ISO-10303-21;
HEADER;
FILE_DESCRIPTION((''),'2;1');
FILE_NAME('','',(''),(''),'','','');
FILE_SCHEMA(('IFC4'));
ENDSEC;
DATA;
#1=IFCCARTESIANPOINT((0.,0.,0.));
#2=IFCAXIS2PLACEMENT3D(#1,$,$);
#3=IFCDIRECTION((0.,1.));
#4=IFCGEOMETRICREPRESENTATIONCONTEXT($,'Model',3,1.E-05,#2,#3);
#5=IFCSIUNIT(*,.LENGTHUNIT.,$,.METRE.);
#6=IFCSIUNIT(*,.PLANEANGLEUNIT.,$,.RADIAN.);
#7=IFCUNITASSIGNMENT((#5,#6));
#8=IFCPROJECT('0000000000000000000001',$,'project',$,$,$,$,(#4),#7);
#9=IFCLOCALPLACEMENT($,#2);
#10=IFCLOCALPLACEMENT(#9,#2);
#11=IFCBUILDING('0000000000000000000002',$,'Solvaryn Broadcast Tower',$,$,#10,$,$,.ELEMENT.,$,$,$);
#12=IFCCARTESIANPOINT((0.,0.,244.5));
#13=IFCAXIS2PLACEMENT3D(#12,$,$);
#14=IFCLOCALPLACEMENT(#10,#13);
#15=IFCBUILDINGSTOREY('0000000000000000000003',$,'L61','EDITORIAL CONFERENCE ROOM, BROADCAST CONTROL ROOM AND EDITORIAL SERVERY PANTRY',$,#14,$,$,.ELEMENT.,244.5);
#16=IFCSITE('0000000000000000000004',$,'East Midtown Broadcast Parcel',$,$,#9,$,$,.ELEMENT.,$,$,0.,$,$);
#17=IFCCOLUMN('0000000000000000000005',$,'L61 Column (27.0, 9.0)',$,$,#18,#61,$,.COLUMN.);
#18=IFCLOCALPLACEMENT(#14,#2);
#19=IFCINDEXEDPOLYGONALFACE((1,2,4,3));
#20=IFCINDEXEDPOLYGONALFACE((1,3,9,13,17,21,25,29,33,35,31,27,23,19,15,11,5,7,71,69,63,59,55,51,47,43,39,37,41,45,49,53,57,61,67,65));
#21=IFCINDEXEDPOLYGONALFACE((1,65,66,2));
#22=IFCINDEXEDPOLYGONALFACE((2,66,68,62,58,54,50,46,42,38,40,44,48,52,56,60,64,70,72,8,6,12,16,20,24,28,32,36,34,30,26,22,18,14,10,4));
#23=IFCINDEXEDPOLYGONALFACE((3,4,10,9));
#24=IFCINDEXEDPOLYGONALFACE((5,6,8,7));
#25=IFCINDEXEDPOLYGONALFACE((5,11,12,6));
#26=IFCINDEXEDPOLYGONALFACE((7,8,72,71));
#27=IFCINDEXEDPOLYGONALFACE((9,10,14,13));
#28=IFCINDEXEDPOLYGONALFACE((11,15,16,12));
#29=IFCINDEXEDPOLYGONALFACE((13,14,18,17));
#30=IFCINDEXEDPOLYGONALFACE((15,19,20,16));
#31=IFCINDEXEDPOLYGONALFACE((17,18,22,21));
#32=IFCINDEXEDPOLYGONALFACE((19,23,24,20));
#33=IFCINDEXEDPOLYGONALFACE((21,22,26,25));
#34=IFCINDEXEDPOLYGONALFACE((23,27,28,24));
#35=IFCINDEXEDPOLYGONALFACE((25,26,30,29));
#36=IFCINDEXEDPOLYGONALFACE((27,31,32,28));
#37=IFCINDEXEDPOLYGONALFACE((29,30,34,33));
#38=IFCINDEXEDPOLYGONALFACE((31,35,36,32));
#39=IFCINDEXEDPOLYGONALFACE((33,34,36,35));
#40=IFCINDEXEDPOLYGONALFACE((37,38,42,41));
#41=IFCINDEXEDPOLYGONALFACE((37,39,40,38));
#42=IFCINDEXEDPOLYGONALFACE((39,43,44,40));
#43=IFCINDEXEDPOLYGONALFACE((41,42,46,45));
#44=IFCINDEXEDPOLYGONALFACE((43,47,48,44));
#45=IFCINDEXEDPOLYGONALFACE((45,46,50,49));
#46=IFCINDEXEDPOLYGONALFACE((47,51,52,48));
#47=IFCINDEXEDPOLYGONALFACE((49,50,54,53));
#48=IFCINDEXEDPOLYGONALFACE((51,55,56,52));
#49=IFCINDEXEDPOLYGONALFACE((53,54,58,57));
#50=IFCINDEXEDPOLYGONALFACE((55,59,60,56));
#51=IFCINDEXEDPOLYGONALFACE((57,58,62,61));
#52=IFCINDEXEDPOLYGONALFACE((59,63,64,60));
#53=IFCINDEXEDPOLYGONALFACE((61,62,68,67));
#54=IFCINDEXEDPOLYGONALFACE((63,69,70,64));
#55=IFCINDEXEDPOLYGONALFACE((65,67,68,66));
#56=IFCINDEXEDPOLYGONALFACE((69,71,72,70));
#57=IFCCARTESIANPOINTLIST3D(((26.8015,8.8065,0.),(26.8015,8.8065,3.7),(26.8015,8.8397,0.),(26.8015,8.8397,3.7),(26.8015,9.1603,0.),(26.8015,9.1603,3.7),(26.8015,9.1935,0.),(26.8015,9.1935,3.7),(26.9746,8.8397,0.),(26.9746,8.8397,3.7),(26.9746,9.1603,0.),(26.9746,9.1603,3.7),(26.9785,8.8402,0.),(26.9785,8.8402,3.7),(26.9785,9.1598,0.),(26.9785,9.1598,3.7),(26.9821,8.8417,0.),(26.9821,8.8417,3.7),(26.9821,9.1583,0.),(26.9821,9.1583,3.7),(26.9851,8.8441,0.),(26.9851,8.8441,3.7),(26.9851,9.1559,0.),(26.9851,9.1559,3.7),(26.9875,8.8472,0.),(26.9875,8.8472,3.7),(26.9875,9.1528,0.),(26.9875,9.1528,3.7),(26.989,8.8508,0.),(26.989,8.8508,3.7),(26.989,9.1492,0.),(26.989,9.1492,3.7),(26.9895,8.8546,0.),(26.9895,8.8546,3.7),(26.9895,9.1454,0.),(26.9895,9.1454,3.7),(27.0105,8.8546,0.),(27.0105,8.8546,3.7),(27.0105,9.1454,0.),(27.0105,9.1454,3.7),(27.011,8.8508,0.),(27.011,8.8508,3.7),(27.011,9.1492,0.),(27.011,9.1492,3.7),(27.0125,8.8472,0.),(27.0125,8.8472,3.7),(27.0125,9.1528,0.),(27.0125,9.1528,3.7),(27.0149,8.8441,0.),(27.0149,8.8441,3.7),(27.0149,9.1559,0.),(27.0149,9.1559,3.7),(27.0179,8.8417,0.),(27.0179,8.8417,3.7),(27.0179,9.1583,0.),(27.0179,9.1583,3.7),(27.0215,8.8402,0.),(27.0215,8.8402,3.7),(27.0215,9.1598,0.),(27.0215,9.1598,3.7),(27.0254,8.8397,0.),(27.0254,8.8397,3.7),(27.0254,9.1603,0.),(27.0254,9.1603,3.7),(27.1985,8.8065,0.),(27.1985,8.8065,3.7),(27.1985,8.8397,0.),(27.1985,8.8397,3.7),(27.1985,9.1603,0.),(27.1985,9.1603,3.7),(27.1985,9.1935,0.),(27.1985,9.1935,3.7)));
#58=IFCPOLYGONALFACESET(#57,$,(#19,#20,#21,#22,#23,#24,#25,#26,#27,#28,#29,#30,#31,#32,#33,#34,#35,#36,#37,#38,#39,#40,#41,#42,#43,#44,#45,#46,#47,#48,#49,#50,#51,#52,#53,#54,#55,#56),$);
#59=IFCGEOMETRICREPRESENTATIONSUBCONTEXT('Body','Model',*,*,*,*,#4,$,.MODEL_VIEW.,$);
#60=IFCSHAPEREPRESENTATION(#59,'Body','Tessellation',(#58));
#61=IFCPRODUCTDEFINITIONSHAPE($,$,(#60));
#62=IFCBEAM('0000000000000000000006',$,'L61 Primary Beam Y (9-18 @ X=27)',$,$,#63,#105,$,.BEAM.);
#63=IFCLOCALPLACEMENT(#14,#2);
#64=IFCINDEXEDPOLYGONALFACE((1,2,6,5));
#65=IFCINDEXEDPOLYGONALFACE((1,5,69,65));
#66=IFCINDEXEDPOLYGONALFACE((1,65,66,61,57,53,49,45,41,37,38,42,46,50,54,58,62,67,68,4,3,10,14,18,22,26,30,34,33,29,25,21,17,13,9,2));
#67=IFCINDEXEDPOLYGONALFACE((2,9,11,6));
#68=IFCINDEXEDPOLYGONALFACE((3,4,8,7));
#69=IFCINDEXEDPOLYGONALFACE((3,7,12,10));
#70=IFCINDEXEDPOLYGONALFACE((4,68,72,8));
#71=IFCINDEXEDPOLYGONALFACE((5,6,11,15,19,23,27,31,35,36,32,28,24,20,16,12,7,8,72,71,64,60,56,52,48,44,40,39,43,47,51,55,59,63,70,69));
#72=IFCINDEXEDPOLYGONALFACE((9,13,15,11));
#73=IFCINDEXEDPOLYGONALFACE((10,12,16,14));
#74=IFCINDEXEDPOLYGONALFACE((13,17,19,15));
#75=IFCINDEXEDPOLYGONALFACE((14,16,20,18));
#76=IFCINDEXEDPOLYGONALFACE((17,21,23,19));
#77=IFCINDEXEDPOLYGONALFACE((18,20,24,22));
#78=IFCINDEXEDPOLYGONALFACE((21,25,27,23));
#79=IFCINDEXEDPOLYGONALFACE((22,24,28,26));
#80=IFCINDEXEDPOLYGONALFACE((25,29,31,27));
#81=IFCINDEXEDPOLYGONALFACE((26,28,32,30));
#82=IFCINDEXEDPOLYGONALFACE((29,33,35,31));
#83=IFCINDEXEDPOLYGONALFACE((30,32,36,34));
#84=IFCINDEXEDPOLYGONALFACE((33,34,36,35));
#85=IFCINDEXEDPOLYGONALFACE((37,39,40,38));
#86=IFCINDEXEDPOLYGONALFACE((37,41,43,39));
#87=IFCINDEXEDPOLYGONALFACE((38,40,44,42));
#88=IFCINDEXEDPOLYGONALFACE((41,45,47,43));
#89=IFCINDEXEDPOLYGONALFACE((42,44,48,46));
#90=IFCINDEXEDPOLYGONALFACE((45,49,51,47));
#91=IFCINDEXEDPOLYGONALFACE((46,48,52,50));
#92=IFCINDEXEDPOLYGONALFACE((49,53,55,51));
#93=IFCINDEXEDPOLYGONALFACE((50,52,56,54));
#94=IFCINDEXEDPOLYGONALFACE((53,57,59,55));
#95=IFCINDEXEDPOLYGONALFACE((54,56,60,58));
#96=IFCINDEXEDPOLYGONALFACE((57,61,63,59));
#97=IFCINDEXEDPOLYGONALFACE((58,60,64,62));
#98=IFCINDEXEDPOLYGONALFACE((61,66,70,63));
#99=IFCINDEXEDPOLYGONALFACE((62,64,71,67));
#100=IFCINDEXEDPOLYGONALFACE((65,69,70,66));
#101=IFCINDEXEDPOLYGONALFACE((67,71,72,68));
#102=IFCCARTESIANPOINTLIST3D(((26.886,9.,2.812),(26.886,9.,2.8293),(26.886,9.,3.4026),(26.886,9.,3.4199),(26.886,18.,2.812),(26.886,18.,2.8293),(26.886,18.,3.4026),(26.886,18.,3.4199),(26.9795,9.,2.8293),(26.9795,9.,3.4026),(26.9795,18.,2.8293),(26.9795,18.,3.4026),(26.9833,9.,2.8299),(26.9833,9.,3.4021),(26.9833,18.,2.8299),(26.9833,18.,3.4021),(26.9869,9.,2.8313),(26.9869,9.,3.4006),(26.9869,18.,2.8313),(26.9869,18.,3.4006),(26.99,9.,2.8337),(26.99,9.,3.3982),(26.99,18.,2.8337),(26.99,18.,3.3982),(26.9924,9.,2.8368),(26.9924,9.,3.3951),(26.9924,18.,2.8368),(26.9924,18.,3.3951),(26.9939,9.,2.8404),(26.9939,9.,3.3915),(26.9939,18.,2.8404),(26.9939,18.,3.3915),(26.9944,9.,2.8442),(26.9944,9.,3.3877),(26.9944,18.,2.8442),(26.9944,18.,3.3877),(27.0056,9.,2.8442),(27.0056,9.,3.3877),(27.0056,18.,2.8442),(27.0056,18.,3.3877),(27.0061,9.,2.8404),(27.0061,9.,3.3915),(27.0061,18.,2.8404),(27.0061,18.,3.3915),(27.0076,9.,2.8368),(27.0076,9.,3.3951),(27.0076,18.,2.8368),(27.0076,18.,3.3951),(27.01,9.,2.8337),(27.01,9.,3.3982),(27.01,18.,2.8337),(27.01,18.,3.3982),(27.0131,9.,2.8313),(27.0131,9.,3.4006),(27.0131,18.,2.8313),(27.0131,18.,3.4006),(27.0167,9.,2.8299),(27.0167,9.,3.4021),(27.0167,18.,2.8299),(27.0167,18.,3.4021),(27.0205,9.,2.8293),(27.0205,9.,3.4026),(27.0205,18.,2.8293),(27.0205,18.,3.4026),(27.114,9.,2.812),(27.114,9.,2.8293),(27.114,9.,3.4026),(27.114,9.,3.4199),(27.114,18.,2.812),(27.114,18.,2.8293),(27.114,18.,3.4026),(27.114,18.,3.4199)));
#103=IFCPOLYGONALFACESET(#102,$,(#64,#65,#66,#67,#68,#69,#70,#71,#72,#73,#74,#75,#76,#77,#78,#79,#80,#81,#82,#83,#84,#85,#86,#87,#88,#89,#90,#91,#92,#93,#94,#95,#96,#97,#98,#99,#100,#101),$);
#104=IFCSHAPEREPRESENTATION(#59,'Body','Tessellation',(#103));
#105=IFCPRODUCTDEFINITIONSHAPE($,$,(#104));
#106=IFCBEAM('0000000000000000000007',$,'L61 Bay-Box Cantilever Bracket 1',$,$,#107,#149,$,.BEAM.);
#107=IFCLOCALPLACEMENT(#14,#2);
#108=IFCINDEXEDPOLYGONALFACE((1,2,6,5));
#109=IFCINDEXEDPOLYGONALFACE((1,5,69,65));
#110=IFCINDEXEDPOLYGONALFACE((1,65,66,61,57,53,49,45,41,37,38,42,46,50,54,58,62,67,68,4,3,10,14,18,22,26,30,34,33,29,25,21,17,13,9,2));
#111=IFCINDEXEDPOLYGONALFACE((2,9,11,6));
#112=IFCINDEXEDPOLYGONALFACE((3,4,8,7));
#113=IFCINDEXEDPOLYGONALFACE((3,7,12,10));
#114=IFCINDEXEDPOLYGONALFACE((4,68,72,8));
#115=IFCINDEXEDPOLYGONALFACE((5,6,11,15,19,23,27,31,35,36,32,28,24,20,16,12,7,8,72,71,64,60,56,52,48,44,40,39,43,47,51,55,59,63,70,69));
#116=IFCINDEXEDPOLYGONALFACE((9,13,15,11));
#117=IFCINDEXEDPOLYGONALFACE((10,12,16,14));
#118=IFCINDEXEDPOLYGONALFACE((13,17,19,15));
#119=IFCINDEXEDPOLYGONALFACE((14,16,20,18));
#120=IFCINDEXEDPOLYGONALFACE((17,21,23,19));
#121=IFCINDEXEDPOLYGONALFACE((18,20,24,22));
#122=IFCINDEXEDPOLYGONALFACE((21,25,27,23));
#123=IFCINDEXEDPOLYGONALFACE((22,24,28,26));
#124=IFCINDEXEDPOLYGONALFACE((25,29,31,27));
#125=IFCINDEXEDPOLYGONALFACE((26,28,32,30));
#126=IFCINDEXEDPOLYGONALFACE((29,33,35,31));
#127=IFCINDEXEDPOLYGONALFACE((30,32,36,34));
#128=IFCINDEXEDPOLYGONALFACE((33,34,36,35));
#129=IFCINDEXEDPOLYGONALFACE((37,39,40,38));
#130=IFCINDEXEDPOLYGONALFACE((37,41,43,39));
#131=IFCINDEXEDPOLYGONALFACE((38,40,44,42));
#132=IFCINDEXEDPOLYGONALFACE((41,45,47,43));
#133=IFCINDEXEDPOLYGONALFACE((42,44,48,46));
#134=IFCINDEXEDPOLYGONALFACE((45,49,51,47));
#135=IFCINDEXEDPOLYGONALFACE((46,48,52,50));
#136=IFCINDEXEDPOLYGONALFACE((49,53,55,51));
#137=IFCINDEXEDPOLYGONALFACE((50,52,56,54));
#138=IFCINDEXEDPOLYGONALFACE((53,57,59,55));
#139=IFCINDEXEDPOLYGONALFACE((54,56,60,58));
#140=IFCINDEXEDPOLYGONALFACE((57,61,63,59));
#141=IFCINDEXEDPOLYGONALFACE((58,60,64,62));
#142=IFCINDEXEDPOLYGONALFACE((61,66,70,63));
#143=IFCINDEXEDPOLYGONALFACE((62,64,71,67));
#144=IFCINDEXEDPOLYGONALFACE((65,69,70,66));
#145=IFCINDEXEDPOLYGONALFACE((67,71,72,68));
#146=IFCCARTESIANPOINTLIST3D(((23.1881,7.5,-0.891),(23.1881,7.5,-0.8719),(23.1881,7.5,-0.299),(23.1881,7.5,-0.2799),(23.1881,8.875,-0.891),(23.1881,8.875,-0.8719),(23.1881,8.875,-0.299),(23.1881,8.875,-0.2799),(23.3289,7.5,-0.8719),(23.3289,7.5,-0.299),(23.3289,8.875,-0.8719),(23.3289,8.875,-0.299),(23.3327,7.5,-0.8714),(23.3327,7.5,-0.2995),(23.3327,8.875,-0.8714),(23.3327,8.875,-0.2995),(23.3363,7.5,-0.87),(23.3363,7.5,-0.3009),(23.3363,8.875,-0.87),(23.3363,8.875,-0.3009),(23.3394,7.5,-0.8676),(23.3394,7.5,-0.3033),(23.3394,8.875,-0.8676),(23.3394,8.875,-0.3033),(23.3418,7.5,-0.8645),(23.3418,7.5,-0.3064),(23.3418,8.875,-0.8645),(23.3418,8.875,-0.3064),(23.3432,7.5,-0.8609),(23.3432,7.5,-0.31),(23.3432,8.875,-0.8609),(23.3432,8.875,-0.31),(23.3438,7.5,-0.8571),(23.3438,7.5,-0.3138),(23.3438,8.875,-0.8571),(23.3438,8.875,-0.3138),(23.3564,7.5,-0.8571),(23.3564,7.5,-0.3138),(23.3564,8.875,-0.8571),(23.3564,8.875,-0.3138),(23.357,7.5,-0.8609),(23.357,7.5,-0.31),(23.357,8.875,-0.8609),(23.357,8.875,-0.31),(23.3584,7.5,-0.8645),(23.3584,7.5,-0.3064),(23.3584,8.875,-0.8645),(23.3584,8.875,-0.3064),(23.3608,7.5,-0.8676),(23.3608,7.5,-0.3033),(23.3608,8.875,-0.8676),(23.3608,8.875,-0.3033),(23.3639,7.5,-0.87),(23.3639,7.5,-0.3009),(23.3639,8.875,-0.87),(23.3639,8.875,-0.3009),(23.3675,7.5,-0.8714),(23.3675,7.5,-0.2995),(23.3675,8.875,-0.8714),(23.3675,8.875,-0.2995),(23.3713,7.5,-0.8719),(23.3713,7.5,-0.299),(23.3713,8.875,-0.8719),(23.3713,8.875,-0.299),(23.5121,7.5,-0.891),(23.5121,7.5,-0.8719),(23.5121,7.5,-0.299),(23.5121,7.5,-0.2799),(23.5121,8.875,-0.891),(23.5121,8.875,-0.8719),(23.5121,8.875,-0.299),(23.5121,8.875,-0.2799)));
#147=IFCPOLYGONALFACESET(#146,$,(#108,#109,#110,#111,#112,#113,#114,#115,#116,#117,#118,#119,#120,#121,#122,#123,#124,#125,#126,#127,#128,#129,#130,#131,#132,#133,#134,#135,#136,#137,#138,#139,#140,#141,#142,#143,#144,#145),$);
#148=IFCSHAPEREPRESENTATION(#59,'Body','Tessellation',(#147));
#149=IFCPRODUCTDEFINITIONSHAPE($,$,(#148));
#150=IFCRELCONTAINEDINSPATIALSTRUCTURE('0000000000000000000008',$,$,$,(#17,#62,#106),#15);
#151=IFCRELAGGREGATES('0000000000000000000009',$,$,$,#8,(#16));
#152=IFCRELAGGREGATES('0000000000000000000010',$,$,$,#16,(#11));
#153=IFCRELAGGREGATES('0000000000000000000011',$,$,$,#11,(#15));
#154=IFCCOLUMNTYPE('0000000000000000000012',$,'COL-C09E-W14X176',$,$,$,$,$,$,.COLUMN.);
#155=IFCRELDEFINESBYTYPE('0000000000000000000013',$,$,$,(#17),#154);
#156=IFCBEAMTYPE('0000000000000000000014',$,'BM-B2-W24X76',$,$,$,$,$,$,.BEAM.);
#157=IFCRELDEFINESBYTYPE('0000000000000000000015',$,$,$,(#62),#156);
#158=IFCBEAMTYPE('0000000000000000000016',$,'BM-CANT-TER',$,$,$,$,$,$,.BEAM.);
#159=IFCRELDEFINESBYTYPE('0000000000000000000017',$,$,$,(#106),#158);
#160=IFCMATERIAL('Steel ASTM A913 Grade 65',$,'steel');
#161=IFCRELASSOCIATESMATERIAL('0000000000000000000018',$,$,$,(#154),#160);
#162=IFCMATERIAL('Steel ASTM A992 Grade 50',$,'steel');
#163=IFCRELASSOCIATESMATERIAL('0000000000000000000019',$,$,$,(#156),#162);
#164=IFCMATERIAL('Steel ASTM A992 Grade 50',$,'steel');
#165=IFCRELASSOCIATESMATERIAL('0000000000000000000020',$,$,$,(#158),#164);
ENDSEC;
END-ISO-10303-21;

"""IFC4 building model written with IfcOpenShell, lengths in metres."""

from ifc_helpers import new_model, si_unit, direction, frame, origin, origin_2d, place, context, subcontext, project, spatial, i_section, extrude, material, material_profile, profile_set, type_object, element, save


model = new_model("IFC4")

# Units and contexts
model_context = context("Model", 3, precision=1e-05, world=origin(), true_north=direction((0.0, 1.0)))
body_context = subcontext(model_context, "Body", "Model", "MODEL_VIEW")
ifc_project = project(units=[si_unit("LENGTHUNIT", "METRE"), si_unit("PLANEANGLEUNIT", "RADIAN")], contexts=[model_context])

# Site, building, storey
site_placement = place(None, origin())
site = spatial("IfcSite", under=ifc_project, at=site_placement, Name="East Midtown Broadcast Parcel", CompositionType="ELEMENT", RefElevation=0.0)
building_placement = place(site_placement, origin())
building = spatial("IfcBuilding", under=site, at=building_placement, Name="Solvaryn Broadcast Tower", CompositionType="ELEMENT")
storey_placement = place(building_placement, frame((0.0, 0.0, 244.5)))
storey = spatial("IfcBuildingStorey", under=building, at=storey_placement, Name="L61", Description="EDITORIAL CONFERENCE ROOM, BROADCAST CONTROL ROOM AND EDITORIAL SERVERY PANTRY", CompositionType="ELEMENT", Elevation=244.5)

# Column
ifc_material_1 = material(Name="Steel ASTM A913 Grade 65", Category="steel")
ifc_material_profile_1 = material_profile(ifc_material_1, i_section(OverallWidth=0.397, OverallDepth=0.387, WebThickness=0.021, FlangeThickness=0.0332, FilletRadius=0.0149, at=origin_2d()))
ifc_profile_set_1 = profile_set([ifc_material_profile_1], Name="Steel ASTM A913 Grade 65")
column_type = type_object("IfcColumnType", Name="COL-C09E-W14X176", PredefinedType="COLUMN", material=ifc_profile_set_1)
column_placement = place(storey_placement, frame((27.0, 9.0, 0.0), z_axis=(0.0, 0.0, 1.0), x_axis=(1.0, 0.0, 0.0)))
element("IfcColumn", 1, at=column_placement, inside=storey, type_object=column_type, Name="L61 Column (27.0, 9.0)", PredefinedType="COLUMN", context=body_context, shape_type="SweptSolid", body=[
    extrude(i_section(OverallWidth=0.397, OverallDepth=0.387, WebThickness=0.021, FlangeThickness=0.0332, FilletRadius=0.0149, at=origin_2d()), origin(), (0.0, 0.0, 1.0), 3.7),
])

# Beams
ifc_material_2 = material(Name="Steel ASTM A992 Grade 50", Category="steel")
ifc_material_profile_2 = material_profile(ifc_material_2, i_section(OverallWidth=0.228, OverallDepth=0.6079, WebThickness=0.0112, FlangeThickness=0.0173, FilletRadius=0.0149, at=origin_2d()))
ifc_profile_set_2 = profile_set([ifc_material_profile_2], Name="Steel ASTM A992 Grade 50")
beam_type_1 = type_object("IfcBeamType", Name="BM-B2-W24X76", PredefinedType="BEAM", material=ifc_profile_set_2)
beam_1_placement = place(storey_placement, frame((27.0, 9.0, 3.116), z_axis=(0.0, 1.0, 0.0), x_axis=(-1.0, 0.0, 0.0)))
element("IfcBeam", 2, at=beam_1_placement, inside=storey, type_object=beam_type_1, Name="L61 Primary Beam Y (9-18 @ X=27)", PredefinedType="BEAM", context=body_context, shape_type="SweptSolid", body=[
    extrude(i_section(OverallWidth=0.228, OverallDepth=0.6079, WebThickness=0.0112, FlangeThickness=0.0173, FilletRadius=0.0149, at=origin_2d()), origin(), (0.0, 0.0, 1.0), 9.0),
])
ifc_material_3 = material(Name="Steel ASTM A992 Grade 50", Category="steel")
ifc_material_profile_3 = material_profile(ifc_material_3, i_section(OverallWidth=0.324, OverallDepth=0.6111, WebThickness=0.0127, FlangeThickness=0.019, FilletRadius=0.0149, at=origin_2d()))
ifc_profile_set_3 = profile_set([ifc_material_profile_3], Name="Steel ASTM A992 Grade 50")
beam_type_2 = type_object("IfcBeamType", Name="BM-CANT-TER", PredefinedType="BEAM", material=ifc_profile_set_3)
beam_2_placement = place(storey_placement, frame((23.3501, 8.875, -0.5854), z_axis=(0.0, -1.0, 0.0), x_axis=(1.0, 0.0, 0.0)))
element("IfcBeam", 3, at=beam_2_placement, inside=storey, type_object=beam_type_2, Name="L61 Bay-Box Cantilever Bracket 1", PredefinedType="BEAM", context=body_context, shape_type="SweptSolid", body=[
    extrude(i_section(OverallWidth=0.324, OverallDepth=0.6111, WebThickness=0.0127, FlangeThickness=0.019, FilletRadius=0.0149, at=origin_2d()), origin(), (0.0, 0.0, 1.0), 1.375),
])

save(model, "model.ifc")
